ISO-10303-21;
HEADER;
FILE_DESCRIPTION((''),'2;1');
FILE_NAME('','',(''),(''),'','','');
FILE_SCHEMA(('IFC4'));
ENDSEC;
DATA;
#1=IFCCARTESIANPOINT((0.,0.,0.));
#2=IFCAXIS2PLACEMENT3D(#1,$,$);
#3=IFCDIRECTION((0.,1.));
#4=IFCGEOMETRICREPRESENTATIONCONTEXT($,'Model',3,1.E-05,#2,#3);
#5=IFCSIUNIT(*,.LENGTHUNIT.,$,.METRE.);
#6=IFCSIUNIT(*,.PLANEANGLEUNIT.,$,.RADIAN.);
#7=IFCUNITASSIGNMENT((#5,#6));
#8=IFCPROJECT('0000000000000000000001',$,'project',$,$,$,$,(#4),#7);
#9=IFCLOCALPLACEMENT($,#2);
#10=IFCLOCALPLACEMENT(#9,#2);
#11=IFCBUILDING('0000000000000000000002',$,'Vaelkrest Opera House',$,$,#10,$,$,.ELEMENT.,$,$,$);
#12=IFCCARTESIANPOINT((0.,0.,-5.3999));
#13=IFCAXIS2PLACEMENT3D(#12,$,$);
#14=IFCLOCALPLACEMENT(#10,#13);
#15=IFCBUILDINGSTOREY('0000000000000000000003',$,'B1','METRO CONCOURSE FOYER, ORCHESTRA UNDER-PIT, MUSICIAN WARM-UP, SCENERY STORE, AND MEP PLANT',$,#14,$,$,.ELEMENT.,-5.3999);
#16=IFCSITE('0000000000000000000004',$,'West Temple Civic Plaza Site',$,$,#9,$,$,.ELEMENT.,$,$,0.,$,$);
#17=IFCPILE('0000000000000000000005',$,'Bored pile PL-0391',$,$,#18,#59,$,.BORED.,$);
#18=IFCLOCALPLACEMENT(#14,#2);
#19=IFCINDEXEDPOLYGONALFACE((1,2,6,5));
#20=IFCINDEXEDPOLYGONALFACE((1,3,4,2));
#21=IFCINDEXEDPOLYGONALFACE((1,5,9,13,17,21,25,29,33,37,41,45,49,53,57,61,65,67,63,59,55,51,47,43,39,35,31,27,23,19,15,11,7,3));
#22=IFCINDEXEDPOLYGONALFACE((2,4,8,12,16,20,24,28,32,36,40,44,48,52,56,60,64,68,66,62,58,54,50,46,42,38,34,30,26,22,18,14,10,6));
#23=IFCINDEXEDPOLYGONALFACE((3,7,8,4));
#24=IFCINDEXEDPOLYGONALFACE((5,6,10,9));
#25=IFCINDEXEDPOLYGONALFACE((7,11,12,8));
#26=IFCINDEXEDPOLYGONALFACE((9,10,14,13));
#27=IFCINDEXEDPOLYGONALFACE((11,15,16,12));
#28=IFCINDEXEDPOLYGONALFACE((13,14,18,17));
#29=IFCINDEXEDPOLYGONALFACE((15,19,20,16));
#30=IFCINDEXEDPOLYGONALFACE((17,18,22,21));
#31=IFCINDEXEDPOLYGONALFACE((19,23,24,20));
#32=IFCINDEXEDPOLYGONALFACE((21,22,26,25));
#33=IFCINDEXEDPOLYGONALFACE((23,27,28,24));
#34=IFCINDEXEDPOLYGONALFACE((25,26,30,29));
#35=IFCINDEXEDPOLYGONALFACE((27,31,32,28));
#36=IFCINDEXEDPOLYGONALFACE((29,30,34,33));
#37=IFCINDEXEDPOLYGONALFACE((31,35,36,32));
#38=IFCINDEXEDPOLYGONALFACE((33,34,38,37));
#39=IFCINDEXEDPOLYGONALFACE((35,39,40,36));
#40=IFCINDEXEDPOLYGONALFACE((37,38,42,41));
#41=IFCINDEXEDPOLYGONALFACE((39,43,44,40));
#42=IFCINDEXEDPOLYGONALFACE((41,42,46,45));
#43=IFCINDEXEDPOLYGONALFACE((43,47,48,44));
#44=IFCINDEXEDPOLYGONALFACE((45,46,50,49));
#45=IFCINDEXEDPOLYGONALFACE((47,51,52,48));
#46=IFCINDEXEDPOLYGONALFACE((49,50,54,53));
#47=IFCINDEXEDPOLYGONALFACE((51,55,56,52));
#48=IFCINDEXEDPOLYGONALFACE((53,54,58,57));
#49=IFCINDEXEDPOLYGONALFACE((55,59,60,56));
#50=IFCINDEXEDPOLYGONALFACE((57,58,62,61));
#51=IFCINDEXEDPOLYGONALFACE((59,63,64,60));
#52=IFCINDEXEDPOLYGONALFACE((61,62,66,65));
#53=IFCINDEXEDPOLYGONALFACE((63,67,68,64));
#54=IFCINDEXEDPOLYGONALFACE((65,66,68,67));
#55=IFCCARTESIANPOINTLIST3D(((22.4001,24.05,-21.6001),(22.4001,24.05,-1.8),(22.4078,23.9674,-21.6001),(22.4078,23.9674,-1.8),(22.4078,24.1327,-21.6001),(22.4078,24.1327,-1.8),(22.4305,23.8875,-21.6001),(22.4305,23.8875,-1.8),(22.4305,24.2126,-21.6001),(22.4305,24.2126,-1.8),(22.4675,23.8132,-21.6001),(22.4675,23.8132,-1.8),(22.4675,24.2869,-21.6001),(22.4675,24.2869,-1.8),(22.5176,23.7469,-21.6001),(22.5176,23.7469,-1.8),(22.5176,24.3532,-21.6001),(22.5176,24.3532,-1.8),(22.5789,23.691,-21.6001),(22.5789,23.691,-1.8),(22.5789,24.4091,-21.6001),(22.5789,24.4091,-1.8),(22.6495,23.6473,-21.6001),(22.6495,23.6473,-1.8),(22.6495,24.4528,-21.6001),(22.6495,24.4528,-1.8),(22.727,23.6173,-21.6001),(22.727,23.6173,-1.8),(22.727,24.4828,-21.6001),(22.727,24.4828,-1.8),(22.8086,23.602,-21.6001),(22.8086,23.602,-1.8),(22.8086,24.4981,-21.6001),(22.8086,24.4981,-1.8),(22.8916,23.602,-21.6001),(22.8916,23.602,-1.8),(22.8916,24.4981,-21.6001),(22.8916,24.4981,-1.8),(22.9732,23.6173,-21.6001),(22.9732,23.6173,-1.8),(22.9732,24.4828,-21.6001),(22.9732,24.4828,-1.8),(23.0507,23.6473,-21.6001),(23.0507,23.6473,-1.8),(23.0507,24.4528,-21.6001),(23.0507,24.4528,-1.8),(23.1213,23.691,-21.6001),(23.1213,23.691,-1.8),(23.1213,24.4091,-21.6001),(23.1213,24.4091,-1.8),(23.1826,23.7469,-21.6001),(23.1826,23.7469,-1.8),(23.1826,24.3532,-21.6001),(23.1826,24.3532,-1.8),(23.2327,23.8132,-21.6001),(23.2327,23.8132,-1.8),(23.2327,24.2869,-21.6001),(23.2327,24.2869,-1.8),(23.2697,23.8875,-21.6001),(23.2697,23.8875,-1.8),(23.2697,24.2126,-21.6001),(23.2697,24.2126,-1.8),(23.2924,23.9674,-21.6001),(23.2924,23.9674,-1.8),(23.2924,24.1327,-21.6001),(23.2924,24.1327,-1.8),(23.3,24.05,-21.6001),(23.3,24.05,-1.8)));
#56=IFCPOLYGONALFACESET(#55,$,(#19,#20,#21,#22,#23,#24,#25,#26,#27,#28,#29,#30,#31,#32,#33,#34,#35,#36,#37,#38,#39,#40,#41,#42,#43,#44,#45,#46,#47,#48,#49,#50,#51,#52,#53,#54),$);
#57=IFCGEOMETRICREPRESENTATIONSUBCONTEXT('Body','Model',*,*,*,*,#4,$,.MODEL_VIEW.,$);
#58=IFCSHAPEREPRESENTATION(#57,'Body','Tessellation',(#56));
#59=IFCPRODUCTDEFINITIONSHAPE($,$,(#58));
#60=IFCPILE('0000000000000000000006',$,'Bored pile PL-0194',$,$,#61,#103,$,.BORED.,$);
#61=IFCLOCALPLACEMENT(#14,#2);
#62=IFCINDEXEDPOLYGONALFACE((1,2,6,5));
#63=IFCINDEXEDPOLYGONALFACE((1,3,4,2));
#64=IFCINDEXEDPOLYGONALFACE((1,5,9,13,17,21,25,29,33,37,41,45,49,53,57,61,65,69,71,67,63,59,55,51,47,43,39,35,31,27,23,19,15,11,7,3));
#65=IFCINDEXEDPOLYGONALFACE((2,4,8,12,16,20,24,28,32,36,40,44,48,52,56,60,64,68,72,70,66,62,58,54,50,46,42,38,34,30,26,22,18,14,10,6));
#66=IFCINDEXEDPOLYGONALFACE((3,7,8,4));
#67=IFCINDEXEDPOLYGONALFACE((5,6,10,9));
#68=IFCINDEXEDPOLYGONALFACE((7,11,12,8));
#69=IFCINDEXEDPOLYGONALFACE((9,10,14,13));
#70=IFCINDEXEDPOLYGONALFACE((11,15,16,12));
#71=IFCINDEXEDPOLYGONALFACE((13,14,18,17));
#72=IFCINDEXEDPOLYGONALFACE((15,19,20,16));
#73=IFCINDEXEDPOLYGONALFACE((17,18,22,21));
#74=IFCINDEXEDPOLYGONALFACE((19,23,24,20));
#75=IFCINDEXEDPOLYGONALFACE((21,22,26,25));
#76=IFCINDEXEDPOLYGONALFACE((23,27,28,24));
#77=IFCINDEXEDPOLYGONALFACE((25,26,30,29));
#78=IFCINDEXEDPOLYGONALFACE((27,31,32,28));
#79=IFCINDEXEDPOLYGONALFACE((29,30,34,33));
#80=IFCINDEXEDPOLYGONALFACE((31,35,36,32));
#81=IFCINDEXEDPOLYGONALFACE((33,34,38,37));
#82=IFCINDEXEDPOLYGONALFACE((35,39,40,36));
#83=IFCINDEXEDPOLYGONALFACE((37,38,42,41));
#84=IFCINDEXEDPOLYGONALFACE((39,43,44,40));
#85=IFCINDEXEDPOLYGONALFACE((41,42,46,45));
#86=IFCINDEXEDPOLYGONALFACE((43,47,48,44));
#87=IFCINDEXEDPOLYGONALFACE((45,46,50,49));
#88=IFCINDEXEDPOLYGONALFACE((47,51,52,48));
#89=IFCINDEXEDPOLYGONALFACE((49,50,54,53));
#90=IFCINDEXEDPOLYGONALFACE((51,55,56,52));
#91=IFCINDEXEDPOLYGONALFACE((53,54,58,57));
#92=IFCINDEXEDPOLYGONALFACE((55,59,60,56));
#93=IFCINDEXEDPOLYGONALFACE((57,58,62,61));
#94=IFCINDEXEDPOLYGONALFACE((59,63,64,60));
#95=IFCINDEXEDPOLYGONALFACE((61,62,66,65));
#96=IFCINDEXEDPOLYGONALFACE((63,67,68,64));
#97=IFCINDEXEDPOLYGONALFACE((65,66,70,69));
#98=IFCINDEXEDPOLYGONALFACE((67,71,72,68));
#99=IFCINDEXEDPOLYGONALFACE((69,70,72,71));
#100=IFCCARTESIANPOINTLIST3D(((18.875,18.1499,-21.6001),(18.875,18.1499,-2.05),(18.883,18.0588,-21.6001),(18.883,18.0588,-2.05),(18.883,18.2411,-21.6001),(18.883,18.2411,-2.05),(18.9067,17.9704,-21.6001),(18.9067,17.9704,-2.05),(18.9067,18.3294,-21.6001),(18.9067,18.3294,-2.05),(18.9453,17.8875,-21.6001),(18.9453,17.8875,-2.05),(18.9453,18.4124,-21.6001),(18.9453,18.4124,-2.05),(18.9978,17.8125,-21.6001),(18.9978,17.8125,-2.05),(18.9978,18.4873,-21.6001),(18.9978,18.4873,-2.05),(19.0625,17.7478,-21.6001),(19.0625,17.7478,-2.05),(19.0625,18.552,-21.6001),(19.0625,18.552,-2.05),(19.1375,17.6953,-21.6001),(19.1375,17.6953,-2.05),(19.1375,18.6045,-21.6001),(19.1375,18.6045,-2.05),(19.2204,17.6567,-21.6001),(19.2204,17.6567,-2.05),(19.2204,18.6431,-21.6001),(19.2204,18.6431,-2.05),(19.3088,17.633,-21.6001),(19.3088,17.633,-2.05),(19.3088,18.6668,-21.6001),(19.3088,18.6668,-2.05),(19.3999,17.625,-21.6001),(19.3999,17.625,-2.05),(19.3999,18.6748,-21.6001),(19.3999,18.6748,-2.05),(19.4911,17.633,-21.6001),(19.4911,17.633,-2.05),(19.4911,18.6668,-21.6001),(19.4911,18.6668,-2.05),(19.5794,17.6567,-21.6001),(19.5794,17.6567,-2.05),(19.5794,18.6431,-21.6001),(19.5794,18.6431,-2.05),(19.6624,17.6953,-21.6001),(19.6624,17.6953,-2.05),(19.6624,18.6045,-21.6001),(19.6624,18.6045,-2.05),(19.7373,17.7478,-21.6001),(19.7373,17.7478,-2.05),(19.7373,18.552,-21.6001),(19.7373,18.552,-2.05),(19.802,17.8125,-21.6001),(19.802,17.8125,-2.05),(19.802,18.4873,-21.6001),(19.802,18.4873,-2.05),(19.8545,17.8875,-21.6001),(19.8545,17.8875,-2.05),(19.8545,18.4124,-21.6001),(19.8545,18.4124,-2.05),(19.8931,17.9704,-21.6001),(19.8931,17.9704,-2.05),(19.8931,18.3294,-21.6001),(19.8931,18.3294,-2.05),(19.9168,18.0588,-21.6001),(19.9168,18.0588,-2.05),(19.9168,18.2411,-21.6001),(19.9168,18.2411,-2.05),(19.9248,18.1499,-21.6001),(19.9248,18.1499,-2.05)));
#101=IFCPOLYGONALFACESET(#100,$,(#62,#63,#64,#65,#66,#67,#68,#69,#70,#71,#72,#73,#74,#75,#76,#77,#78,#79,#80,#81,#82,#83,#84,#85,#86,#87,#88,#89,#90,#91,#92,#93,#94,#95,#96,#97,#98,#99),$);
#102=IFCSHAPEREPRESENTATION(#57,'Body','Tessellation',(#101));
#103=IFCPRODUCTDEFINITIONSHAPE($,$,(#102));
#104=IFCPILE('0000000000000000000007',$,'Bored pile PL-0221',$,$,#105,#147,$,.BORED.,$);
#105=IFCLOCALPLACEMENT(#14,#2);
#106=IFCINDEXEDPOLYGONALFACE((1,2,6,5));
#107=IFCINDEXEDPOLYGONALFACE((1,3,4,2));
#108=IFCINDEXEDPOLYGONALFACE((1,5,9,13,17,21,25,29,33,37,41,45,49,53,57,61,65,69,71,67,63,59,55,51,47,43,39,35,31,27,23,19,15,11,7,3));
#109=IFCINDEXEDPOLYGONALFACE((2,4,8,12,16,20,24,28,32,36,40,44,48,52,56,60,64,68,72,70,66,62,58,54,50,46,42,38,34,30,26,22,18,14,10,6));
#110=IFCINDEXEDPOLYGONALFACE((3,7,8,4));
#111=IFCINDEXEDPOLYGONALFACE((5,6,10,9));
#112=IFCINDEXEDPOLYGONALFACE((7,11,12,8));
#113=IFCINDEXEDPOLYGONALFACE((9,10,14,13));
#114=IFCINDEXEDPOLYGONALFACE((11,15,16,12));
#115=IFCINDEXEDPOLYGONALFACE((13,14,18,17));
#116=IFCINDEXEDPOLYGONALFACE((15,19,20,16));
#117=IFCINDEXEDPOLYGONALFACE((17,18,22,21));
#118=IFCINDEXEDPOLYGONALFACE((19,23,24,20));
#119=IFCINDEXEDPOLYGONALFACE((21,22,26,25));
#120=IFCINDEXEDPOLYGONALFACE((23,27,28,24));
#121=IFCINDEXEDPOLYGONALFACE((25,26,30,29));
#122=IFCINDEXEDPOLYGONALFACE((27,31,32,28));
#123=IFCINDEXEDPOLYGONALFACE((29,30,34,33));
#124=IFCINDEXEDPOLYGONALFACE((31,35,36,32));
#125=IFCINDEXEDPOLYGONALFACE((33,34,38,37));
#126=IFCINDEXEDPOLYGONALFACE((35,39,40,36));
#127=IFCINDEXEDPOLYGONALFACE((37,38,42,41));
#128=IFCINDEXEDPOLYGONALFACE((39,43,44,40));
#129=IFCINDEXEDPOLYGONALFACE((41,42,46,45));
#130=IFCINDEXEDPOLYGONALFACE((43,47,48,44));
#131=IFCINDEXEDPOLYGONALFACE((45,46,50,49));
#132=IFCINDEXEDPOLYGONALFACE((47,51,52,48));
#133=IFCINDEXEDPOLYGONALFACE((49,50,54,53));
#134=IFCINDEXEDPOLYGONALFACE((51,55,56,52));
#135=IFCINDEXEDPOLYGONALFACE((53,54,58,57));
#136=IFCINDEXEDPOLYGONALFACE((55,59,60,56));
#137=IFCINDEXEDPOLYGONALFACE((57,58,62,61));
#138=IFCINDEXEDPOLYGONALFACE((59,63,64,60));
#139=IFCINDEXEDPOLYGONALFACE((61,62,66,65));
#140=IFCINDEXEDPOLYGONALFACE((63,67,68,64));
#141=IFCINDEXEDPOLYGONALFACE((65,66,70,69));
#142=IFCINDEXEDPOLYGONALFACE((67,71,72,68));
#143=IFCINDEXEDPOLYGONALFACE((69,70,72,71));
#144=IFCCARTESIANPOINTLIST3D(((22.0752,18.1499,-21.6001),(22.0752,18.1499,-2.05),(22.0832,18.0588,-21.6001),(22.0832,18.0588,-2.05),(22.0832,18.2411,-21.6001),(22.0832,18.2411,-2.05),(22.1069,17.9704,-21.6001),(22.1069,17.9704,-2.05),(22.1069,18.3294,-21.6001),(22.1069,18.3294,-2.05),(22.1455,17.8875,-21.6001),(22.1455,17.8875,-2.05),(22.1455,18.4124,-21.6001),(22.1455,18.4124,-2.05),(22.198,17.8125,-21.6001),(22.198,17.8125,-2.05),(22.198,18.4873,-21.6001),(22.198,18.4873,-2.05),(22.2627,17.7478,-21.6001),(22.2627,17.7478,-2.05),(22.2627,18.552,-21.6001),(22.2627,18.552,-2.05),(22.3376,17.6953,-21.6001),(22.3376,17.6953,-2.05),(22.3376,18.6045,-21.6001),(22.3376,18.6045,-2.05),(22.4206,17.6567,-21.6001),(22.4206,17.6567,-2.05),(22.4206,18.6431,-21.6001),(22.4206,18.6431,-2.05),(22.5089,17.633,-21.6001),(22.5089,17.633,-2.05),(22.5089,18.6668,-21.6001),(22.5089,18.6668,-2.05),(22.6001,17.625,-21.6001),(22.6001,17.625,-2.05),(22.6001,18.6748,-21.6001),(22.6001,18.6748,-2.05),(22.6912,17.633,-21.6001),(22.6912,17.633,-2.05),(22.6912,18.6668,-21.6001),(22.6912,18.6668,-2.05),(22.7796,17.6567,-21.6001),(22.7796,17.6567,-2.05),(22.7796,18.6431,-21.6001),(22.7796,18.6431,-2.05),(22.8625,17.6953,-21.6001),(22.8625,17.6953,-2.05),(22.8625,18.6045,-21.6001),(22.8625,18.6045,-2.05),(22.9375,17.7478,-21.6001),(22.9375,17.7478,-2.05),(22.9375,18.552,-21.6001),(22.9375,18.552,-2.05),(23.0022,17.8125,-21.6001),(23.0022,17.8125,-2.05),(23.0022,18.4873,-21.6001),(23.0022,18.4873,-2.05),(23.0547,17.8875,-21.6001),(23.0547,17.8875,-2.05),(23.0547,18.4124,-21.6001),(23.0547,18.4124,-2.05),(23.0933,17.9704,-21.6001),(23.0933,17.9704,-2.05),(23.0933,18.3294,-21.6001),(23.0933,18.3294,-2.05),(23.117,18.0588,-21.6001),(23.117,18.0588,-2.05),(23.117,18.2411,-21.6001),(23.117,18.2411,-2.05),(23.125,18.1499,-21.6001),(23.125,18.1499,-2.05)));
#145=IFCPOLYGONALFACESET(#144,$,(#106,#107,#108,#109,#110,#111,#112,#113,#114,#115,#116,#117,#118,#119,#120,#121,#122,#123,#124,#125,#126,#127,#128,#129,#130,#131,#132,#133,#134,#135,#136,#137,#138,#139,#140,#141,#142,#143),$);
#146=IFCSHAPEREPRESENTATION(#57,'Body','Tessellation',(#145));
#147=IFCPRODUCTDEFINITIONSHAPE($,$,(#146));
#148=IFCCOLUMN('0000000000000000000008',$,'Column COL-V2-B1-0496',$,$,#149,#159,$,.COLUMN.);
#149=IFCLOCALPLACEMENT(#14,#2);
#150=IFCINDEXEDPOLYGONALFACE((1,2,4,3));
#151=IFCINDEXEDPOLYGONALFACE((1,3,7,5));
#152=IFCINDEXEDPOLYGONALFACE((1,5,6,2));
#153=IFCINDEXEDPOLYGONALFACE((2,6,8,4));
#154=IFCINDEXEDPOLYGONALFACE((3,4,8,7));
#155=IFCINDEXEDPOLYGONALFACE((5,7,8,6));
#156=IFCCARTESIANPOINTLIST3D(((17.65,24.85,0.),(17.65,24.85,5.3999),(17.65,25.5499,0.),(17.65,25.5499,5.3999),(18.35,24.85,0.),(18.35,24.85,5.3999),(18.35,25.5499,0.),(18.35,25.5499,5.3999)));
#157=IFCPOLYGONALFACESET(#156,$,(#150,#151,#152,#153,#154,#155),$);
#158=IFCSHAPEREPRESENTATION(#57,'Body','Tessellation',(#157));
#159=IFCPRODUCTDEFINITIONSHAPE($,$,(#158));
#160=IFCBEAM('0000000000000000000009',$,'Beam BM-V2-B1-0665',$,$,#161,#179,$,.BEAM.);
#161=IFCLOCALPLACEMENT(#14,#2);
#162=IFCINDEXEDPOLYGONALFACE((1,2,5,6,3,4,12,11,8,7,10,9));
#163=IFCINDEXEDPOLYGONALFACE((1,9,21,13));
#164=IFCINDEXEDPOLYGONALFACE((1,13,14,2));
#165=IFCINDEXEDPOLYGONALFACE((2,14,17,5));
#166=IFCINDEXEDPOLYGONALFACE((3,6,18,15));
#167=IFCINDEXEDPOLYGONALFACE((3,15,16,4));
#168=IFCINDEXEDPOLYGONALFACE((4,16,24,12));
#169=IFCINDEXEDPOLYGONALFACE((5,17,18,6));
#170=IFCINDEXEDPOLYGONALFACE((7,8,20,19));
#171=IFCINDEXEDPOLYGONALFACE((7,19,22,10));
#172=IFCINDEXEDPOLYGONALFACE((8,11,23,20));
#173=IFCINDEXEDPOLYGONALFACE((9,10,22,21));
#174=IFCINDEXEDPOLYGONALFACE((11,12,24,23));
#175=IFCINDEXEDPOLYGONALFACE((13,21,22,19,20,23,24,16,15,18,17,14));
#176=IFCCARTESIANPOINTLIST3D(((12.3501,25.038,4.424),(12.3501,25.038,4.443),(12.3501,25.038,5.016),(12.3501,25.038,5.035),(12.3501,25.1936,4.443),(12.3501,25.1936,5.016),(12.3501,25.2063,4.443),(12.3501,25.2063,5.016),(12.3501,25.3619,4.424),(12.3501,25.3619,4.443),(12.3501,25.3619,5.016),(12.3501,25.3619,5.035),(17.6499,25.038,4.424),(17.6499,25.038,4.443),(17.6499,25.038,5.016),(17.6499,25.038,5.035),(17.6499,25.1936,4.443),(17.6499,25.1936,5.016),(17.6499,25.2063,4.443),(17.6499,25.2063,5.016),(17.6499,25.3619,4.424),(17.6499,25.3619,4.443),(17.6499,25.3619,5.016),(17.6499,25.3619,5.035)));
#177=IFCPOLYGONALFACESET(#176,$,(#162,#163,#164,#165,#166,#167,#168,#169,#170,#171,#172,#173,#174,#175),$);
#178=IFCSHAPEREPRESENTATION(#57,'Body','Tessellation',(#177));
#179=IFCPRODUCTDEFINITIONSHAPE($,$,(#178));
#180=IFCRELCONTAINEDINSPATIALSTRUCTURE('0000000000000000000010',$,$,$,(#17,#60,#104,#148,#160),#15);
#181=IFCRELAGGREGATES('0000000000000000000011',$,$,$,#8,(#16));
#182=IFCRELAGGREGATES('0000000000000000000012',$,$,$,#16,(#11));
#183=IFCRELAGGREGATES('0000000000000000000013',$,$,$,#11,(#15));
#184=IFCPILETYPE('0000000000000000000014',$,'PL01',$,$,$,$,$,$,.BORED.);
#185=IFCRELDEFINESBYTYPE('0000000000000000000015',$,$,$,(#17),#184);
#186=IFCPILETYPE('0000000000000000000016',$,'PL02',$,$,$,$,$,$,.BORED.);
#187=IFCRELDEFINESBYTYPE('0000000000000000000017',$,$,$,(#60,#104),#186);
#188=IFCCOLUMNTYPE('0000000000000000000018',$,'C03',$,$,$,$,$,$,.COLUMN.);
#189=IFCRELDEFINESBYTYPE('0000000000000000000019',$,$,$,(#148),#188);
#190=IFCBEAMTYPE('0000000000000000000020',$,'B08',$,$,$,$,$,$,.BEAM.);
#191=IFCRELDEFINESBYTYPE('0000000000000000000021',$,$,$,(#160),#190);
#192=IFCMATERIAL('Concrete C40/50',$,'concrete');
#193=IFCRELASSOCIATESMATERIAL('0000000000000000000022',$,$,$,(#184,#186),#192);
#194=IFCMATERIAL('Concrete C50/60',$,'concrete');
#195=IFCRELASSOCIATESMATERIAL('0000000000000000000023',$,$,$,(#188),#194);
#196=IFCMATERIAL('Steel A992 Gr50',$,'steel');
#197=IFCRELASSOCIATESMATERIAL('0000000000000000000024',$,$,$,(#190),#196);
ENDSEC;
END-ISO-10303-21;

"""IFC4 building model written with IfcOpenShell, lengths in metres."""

from ifc_helpers import new_model, si_unit, direction, frame, origin, origin_2d, place, context, subcontext, project, spatial, rectangle, circle, i_section, extrude, material, material_profile, profile_set, type_object, element, save


model = new_model("IFC4")

# Units and contexts
model_context = context("Model", 3, precision=1e-05, world=origin(), true_north=direction((0.0, 1.0)))
body_context = subcontext(model_context, "Body", "Model", "MODEL_VIEW")
ifc_project = project(units=[si_unit("LENGTHUNIT", "METRE"), si_unit("PLANEANGLEUNIT", "RADIAN")], contexts=[model_context])

# Site, building, storey
site_placement = place(None, origin())
site = spatial("IfcSite", under=ifc_project, at=site_placement, Name="West Temple Civic Plaza Site", CompositionType="ELEMENT", RefElevation=0.0)
building_placement = place(site_placement, origin())
building = spatial("IfcBuilding", under=site, at=building_placement, Name="Vaelkrest Opera House", CompositionType="ELEMENT")
storey_placement = place(building_placement, frame((0.0, 0.0, -5.3999)))
storey = spatial("IfcBuildingStorey", under=building, at=storey_placement, Name="B1", Description="METRO CONCOURSE FOYER, ORCHESTRA UNDER-PIT, MUSICIAN WARM-UP, SCENERY STORE, AND MEP PLANT", CompositionType="ELEMENT", Elevation=-5.3999)

# Shared definitions
ifc_material_1 = material(Name="Concrete C40/50", Category="concrete")

# Piles
ifc_material_profile_1 = material_profile(ifc_material_1, circle(Radius=0.45, at=origin_2d()), Name="PILE900")
ifc_profile_set_1 = profile_set([ifc_material_profile_1], Name="Concrete C40/50")
pile_type_1 = type_object("IfcPileType", Name="PL01", PredefinedType="BORED", material=ifc_profile_set_1)
pile_1_placement = place(storey_placement, frame((22.8501, 24.05, -1.8), z_axis=(0.0, 0.0, -1.0), x_axis=(1.0, 0.0, 0.0)))
element("IfcPile", 1, at=pile_1_placement, inside=storey, type_object=pile_type_1, Name="Bored pile PL-0391", PredefinedType="BORED", context=body_context, shape_type="SweptSolid", body=[
    extrude(circle(Radius=0.45, at=origin_2d()), origin(), (0.0, 0.0, 1.0), 19.8),
])
ifc_material_profile_2 = material_profile(ifc_material_1, circle(Radius=0.5249, at=origin_2d()), Name="PILE1050")
ifc_profile_set_2 = profile_set([ifc_material_profile_2], Name="Concrete C40/50")
pile_type_2 = type_object("IfcPileType", Name="PL02", PredefinedType="BORED", material=ifc_profile_set_2)
for number, where, z_axis, x_axis, name in (
    (2, (19.3999, 18.1499, -2.05), (0.0, 0.0, -1.0), (1.0, 0.0, 0.0), "Bored pile PL-0194"),
    (3, (22.6001, 18.1499, -2.05), (0.0, 0.0, -1.0), (1.0, 0.0, 0.0), "Bored pile PL-0221"),
):
    element("IfcPile", number, at=place(storey_placement, frame(where, z_axis=z_axis, x_axis=x_axis)), inside=storey, type_object=pile_type_2, Name=name, PredefinedType="BORED", context=body_context, shape_type="SweptSolid", body=[
        extrude(circle(Radius=0.5249, at=origin_2d()), origin(), (0.0, 0.0, 1.0), 19.55),
    ])

# Column
ifc_material_2 = material(Name="Concrete C50/60", Category="concrete")
ifc_material_profile_3 = material_profile(ifc_material_2, rectangle(XDim=0.7, YDim=0.7, at=origin_2d()), Name="RC700X700")
ifc_profile_set_3 = profile_set([ifc_material_profile_3], Name="Concrete C50/60")
column_type = type_object("IfcColumnType", Name="C03", PredefinedType="COLUMN", material=ifc_profile_set_3)
column_placement = place(storey_placement, frame((18.0, 25.2, 0.0), z_axis=(0.0, 0.0, 1.0), x_axis=(1.0, 0.0, 0.0)))
element("IfcColumn", 4, at=column_placement, inside=storey, type_object=column_type, Name="Column COL-V2-B1-0496", PredefinedType="COLUMN", context=body_context, shape_type="SweptSolid", body=[
    extrude(rectangle(XDim=0.7, YDim=0.7, at=origin_2d()), origin(), (0.0, 0.0, 1.0), 5.3999),
])

# Beam
ifc_material_3 = material(Name="Steel A992 Gr50", Category="steel")
ifc_material_profile_4 = material_profile(ifc_material_3, i_section(OverallWidth=0.324, OverallDepth=0.6111, WebThickness=0.0127, FlangeThickness=0.019, at=origin_2d()), Name="W24X104")
ifc_profile_set_4 = profile_set([ifc_material_profile_4], Name="Steel A992 Gr50")
beam_type_1 = type_object("IfcBeamType", Name="B08", PredefinedType="BEAM", material=ifc_profile_set_4)
beam_1_placement = place(storey_placement, frame((12.3501, 25.2, 4.7295), z_axis=(1.0, 0.0, 0.0), x_axis=(0.0, 1.0, 0.0)))
element("IfcBeam", 5, at=beam_1_placement, inside=storey, type_object=beam_type_1, Name="Beam BM-V2-B1-0665", PredefinedType="BEAM", context=body_context, shape_type="SweptSolid", body=[
    extrude(i_section(OverallWidth=0.324, OverallDepth=0.6111, WebThickness=0.0127, FlangeThickness=0.019, at=origin_2d()), origin(), (0.0, 0.0, 1.0), 5.2998),
])

save(model, "model.ifc")
